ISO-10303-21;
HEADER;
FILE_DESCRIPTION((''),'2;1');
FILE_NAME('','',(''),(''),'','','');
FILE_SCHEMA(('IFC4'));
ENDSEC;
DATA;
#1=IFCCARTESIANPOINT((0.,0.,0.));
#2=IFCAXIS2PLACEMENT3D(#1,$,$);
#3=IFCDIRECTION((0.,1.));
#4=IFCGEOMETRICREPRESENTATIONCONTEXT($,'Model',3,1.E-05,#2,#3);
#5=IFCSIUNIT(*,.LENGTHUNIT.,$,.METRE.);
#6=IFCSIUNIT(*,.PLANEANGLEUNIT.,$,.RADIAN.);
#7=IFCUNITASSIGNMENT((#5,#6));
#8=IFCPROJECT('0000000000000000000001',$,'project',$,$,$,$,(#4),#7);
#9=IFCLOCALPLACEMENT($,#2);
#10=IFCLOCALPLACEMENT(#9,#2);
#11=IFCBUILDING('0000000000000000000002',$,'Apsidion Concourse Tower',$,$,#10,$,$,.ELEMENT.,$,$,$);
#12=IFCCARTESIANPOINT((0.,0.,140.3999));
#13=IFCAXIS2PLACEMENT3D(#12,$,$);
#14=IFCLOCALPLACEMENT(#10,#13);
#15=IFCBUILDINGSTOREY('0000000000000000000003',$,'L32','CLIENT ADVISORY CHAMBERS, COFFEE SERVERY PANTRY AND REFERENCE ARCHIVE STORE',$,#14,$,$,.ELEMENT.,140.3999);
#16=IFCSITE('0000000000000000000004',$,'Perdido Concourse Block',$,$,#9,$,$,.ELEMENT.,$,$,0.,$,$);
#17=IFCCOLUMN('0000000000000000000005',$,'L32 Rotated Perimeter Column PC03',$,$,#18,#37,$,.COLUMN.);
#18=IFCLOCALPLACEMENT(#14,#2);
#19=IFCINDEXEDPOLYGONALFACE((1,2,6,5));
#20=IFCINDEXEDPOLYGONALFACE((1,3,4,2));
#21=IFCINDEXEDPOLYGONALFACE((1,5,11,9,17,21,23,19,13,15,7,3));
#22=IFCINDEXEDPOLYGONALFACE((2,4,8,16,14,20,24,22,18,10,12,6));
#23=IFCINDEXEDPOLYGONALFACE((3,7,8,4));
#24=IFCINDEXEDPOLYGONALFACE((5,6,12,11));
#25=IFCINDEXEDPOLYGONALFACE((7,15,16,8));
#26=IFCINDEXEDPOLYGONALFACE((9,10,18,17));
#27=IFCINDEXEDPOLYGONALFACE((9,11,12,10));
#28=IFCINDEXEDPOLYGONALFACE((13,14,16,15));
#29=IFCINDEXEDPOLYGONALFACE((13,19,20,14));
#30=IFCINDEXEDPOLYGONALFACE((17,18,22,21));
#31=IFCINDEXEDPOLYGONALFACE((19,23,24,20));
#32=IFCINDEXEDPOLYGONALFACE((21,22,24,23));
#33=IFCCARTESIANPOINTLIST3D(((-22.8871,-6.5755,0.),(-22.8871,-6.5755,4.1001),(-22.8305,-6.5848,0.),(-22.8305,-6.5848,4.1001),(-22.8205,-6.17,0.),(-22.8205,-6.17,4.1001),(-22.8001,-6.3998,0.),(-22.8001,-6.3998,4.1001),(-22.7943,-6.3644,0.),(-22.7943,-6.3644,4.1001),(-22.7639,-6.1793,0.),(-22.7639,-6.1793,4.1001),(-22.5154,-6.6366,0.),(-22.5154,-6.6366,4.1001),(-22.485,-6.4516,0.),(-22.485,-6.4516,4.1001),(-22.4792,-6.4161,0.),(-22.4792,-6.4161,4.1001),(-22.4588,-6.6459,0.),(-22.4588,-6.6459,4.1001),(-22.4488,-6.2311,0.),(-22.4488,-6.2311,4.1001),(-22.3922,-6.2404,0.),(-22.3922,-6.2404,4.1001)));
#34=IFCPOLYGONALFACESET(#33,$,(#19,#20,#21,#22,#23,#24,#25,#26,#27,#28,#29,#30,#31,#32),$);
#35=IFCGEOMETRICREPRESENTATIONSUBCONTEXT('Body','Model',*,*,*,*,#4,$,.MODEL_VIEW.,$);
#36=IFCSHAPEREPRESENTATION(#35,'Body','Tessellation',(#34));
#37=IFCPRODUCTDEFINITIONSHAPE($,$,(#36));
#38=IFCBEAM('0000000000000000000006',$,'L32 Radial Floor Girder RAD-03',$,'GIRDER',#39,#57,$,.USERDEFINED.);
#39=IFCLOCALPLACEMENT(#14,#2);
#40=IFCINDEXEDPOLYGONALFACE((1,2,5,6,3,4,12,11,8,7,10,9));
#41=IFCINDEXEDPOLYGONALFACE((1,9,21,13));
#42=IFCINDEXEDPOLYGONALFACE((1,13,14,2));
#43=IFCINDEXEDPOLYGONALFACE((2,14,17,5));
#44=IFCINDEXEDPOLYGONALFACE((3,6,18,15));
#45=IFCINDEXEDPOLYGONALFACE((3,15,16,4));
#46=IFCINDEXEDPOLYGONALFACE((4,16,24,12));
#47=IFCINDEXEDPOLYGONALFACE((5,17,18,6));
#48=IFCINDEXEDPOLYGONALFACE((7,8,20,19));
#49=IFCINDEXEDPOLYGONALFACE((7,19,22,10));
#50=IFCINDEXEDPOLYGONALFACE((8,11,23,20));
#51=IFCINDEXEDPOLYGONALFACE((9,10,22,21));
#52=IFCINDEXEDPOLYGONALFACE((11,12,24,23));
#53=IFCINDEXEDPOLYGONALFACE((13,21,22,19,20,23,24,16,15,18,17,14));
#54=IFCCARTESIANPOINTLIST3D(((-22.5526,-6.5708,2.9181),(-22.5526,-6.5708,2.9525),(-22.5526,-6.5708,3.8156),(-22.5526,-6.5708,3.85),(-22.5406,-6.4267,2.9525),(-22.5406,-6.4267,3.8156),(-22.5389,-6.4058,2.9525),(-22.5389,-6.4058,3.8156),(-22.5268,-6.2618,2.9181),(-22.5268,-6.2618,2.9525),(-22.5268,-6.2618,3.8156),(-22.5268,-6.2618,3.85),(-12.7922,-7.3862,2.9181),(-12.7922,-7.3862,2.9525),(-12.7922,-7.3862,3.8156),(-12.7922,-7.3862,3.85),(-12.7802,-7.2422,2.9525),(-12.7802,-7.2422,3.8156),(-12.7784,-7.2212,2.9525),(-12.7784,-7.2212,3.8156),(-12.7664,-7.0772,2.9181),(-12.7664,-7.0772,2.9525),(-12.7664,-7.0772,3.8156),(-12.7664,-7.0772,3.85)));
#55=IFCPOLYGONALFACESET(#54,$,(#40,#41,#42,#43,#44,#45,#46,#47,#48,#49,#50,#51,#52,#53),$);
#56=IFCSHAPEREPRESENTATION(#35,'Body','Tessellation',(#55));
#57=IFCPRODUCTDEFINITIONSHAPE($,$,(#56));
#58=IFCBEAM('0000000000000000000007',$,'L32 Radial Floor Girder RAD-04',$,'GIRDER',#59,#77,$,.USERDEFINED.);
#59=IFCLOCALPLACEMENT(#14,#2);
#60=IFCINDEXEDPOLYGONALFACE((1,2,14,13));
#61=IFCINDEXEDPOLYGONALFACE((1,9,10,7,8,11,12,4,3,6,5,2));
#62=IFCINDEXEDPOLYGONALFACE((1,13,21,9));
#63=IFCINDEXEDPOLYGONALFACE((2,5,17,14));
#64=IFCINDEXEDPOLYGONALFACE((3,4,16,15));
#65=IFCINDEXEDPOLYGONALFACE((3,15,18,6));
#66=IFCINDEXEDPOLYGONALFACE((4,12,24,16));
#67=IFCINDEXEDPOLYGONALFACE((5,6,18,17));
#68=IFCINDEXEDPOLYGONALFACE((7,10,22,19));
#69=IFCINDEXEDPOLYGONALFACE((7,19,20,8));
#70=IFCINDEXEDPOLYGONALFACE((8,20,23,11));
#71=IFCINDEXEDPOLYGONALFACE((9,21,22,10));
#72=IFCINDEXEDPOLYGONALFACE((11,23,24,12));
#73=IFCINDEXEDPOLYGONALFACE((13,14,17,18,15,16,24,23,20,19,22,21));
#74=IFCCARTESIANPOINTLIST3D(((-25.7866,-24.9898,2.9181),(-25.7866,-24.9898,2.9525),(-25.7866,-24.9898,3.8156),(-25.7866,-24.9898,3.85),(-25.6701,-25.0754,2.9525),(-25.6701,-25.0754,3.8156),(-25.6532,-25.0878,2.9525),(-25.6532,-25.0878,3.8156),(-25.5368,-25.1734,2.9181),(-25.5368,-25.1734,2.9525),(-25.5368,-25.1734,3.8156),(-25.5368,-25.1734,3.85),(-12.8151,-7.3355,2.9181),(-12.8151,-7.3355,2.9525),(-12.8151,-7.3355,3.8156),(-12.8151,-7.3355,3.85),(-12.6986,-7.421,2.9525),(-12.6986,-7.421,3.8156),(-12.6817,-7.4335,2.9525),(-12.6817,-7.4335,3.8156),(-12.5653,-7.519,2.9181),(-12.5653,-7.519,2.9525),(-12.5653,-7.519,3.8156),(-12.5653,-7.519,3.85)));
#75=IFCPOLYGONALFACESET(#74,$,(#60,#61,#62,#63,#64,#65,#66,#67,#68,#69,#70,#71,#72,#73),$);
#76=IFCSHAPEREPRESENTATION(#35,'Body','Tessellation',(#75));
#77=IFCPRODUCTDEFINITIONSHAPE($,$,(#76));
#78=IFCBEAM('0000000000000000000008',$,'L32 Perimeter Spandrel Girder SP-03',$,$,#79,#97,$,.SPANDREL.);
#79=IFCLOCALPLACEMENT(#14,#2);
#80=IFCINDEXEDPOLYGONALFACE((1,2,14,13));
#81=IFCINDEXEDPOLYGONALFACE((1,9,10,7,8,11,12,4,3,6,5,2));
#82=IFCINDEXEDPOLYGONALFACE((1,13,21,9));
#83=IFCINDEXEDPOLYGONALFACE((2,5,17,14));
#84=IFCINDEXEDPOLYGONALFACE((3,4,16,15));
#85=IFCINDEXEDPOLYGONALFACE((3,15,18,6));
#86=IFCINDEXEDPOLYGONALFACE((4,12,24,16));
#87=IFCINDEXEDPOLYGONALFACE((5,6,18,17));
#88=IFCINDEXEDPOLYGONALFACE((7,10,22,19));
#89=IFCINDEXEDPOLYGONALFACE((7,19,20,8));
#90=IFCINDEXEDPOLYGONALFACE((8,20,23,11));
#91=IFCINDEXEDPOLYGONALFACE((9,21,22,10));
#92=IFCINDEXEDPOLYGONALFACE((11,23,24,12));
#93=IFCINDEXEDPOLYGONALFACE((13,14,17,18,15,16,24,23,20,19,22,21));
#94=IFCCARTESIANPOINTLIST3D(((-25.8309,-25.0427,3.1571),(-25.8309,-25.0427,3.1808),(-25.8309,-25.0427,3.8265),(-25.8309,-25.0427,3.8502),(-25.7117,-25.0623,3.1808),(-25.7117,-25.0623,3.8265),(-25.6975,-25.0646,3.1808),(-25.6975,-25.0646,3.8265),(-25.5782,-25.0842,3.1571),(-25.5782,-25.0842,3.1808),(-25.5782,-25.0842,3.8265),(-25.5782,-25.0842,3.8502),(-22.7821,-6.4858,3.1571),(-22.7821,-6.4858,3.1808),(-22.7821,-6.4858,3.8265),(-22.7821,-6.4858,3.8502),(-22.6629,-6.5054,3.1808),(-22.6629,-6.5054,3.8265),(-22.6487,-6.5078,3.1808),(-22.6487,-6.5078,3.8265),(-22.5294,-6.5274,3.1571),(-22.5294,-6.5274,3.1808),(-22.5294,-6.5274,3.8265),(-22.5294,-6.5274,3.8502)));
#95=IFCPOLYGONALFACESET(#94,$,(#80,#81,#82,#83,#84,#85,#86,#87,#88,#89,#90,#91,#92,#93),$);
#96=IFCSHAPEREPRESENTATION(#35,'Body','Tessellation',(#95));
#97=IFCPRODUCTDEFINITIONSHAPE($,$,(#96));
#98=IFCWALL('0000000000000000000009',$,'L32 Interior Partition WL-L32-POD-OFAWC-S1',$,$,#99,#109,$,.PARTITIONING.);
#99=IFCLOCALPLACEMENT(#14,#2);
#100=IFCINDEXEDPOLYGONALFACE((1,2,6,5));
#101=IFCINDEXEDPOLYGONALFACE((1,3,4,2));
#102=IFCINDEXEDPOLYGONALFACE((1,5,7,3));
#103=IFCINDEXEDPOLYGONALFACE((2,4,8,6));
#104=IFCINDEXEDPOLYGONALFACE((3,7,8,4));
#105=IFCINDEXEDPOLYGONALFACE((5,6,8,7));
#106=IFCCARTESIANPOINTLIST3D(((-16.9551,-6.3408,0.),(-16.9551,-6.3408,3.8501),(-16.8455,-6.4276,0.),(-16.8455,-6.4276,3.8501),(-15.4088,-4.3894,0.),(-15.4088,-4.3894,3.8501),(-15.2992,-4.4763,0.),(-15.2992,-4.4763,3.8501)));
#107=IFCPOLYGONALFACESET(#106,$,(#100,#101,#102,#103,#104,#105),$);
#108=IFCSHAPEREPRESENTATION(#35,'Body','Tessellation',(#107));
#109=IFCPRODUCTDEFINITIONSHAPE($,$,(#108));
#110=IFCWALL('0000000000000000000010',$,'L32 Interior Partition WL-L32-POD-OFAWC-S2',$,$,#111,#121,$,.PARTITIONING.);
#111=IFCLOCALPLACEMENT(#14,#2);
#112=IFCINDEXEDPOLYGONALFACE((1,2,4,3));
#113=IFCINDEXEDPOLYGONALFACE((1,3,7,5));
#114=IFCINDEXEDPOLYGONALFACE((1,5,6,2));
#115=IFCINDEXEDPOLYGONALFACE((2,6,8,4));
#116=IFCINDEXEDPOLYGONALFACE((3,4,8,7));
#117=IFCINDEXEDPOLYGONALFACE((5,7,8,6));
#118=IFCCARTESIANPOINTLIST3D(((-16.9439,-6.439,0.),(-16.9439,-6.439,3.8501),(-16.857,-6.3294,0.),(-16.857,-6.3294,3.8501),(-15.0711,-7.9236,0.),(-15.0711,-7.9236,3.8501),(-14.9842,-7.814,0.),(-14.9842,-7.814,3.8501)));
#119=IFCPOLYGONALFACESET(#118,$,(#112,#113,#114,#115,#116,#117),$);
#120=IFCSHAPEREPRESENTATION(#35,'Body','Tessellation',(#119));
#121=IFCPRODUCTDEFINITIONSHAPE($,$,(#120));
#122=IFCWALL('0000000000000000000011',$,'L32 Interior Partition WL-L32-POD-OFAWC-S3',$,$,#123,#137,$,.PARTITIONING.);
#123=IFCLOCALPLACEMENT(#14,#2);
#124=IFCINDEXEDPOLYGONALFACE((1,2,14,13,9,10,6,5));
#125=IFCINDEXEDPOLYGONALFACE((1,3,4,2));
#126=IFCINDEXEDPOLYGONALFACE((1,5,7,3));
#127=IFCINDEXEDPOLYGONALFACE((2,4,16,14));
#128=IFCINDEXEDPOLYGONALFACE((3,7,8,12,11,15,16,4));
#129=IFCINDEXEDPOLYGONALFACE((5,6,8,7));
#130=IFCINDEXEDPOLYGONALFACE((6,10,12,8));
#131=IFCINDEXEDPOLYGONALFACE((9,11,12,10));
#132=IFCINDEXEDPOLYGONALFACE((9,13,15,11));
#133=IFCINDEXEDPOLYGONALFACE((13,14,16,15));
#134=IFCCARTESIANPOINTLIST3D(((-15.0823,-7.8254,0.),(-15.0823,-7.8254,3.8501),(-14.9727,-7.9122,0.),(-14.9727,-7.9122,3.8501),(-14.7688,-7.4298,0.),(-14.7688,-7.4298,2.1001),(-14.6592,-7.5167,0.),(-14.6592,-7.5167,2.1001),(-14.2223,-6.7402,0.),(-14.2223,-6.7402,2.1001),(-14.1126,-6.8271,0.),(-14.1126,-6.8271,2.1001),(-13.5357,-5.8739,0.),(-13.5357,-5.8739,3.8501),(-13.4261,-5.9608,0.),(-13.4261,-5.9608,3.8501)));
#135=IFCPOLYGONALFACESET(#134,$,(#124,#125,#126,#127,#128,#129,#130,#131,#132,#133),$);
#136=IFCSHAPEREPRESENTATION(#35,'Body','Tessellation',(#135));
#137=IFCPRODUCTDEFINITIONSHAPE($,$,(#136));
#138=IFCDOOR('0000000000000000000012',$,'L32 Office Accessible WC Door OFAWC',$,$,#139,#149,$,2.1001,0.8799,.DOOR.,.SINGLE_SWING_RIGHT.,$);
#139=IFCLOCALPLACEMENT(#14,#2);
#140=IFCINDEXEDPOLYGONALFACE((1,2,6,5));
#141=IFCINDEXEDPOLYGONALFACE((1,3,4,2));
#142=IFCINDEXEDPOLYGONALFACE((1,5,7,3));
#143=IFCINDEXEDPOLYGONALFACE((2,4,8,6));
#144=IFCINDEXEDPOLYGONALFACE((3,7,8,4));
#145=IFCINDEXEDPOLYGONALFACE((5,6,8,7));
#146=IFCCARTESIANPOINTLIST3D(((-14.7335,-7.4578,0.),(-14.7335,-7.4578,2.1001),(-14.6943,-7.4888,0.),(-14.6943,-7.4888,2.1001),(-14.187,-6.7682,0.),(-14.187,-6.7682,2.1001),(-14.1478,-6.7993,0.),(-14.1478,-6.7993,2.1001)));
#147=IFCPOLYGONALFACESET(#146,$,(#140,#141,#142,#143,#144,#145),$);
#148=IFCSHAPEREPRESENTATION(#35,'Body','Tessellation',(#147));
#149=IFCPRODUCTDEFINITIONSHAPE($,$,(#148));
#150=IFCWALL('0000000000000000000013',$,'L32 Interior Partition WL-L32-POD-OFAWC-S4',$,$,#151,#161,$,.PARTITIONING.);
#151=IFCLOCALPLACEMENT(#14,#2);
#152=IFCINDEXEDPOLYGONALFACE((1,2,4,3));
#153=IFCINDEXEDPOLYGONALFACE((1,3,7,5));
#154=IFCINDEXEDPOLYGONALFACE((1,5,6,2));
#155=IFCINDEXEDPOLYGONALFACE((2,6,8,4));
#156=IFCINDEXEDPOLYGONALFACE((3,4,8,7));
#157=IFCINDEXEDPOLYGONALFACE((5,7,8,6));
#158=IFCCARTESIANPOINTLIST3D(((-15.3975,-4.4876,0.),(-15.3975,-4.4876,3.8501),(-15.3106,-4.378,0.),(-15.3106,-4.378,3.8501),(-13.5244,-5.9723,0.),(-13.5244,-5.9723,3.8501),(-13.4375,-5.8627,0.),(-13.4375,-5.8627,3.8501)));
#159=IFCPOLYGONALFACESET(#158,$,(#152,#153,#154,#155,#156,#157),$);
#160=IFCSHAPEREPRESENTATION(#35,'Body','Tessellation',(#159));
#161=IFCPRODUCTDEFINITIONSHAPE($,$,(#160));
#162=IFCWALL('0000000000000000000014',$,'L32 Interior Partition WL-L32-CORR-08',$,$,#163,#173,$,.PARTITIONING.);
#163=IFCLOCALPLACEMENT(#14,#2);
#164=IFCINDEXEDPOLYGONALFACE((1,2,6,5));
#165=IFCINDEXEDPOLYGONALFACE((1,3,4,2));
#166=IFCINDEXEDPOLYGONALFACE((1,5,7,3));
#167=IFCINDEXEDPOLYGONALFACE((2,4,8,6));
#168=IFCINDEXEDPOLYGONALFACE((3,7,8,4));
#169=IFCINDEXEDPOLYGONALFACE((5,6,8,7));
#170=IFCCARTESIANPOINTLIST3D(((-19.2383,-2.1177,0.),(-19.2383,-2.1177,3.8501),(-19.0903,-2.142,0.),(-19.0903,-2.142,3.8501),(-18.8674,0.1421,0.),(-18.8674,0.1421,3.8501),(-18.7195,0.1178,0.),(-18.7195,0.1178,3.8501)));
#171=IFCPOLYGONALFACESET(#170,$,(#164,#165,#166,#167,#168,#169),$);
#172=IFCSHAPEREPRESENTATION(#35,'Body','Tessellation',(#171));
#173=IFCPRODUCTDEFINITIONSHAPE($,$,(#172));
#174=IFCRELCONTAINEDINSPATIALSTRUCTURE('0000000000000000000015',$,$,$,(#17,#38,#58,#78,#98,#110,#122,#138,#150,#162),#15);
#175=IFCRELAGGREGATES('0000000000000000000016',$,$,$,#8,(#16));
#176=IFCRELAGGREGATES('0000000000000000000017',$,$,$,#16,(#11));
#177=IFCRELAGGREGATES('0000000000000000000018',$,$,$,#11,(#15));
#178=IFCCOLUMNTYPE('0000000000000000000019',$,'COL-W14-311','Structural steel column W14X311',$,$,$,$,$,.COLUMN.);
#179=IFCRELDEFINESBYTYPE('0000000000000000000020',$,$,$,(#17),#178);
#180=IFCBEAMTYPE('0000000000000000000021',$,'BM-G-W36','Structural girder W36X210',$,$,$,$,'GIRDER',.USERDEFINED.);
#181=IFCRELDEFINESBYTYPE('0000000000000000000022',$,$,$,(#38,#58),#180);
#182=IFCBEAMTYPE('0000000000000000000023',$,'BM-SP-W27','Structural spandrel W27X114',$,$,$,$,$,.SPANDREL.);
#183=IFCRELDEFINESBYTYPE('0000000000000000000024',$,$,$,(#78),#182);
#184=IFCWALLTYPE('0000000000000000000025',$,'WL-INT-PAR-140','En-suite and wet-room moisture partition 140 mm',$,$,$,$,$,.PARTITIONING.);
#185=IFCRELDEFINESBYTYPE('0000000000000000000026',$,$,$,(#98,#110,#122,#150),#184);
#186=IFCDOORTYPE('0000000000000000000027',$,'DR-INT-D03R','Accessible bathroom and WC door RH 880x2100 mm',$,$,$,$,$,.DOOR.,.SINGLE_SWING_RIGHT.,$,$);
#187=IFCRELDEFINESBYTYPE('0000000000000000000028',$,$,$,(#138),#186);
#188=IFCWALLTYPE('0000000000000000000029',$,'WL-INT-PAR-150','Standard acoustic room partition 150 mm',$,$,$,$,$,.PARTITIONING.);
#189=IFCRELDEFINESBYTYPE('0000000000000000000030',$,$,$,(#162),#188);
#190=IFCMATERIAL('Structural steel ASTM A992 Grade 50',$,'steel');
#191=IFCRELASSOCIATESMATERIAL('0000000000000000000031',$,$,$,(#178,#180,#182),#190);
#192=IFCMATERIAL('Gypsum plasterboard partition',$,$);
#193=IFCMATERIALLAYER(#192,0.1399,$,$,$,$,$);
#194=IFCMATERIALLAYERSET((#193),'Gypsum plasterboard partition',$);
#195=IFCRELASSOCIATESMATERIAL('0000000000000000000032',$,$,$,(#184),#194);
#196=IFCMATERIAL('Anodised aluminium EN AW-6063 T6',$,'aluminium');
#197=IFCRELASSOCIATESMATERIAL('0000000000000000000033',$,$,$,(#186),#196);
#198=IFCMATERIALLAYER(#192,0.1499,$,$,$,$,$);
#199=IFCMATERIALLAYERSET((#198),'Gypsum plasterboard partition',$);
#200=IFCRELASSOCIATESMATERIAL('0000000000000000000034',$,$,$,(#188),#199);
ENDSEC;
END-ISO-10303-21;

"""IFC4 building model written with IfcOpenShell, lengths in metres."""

from ifc_helpers import new_model, si_unit, direction, frame, frame_2d, origin, origin_2d, place, context, subcontext, project, spatial, rectangle, i_section, extrude, material, layer, layer_set, material_profile, profile_set, type_object, element, fill, save


model = new_model("IFC4")

# Units and contexts
model_context = context("Model", 3, precision=1e-05, world=origin(), true_north=direction((0.0, 1.0)))
body_context = subcontext(model_context, "Body", "Model", "MODEL_VIEW")
ifc_project = project(units=[si_unit("LENGTHUNIT", "METRE"), si_unit("PLANEANGLEUNIT", "RADIAN")], contexts=[model_context])

# Site, building, storey
site_placement = place(None, origin())
site = spatial("IfcSite", under=ifc_project, at=site_placement, Name="Perdido Concourse Block", CompositionType="ELEMENT", RefElevation=0.0)
building_placement = place(site_placement, origin())
building = spatial("IfcBuilding", under=site, at=building_placement, Name="Apsidion Concourse Tower", CompositionType="ELEMENT")
storey_placement = place(building_placement, frame((0.0, 0.0, 140.3999)))
storey = spatial("IfcBuildingStorey", under=building, at=storey_placement, Name="L32", Description="CLIENT ADVISORY CHAMBERS, COFFEE SERVERY PANTRY AND REFERENCE ARCHIVE STORE", CompositionType="ELEMENT", Elevation=140.3999)

# Column
ifc_material_1 = material(Name="Structural steel ASTM A992 Grade 50", Category="steel")
ifc_material_profile_1 = material_profile(ifc_material_1, i_section(OverallWidth=0.4109, OverallDepth=0.4341, WebThickness=0.0359, FlangeThickness=0.0574, at=origin_2d()), Name="W14X311")
ifc_profile_set_1 = profile_set([ifc_material_profile_1], Name="Structural steel ASTM A992 Grade 50")
column_type = type_object("IfcColumnType", Name="COL-W14-311", Description="Structural steel column W14X311", PredefinedType="COLUMN", material=ifc_profile_set_1)
column_placement = place(storey_placement, frame((-22.6396, -6.408, 0.0), z_axis=(0.0, 0.0, 1.0), x_axis=(0.162121, 0.986771, 0.0)))
element("IfcColumn", 1, at=column_placement, inside=storey, type_object=column_type, Name="L32 Rotated Perimeter Column PC03", PredefinedType="COLUMN", context=body_context, shape_type="SweptSolid", body=[
    extrude(i_section(OverallWidth=0.4109, OverallDepth=0.4341, WebThickness=0.0359, FlangeThickness=0.0574, at=origin_2d()), origin(), (0.0, 0.0, 1.0), 4.1001),
])

# Beams
ifc_material_profile_2 = material_profile(ifc_material_1, i_section(OverallWidth=0.3101, OverallDepth=0.9319, WebThickness=0.021, FlangeThickness=0.0344, at=origin_2d()), Name="W36X210")
ifc_profile_set_2 = profile_set([ifc_material_profile_2], Name="Structural steel ASTM A992 Grade 50")
beam_type_1 = type_object("IfcBeamType", Name="BM-G-W36", Description="Structural girder W36X210", ElementType="GIRDER", PredefinedType="USERDEFINED", material=ifc_profile_set_2)
beam_1_placement = place(storey_placement, frame((-12.7793, -7.2317, 3.384), z_axis=(-0.996528, 0.083254, 0.0), x_axis=(-0.083254, -0.996528, 0.0)))
element("IfcBeam", 2, at=beam_1_placement, inside=storey, type_object=beam_type_1, Name="L32 Radial Floor Girder RAD-03", ObjectType="GIRDER", PredefinedType="USERDEFINED", context=body_context, shape_type="SweptSolid", body=[
    extrude(i_section(OverallWidth=0.3101, OverallDepth=0.9319, WebThickness=0.021, FlangeThickness=0.0344, at=origin_2d()), origin(), (0.0, 0.0, 1.0), 9.7944),
])
beam_2_placement = place(storey_placement, frame((-12.6902, -7.4272, 3.384), z_axis=(-0.592104, -0.805862, 0.0), x_axis=(0.805862, -0.592104, 0.0)))
element("IfcBeam", 3, at=beam_2_placement, inside=storey, type_object=beam_type_1, Name="L32 Radial Floor Girder RAD-04", ObjectType="GIRDER", PredefinedType="USERDEFINED", context=body_context, shape_type="SweptSolid", body=[
    extrude(i_section(OverallWidth=0.3101, OverallDepth=0.9319, WebThickness=0.021, FlangeThickness=0.0344, at=origin_2d()), origin(), (0.0, 0.0, 1.0), 21.9075),
])
ifc_material_profile_3 = material_profile(ifc_material_1, i_section(OverallWidth=0.2561, OverallDepth=0.6931, WebThickness=0.0144, FlangeThickness=0.0237, at=origin_2d()), Name="W27X114")
ifc_profile_set_3 = profile_set([ifc_material_profile_3], Name="Structural steel ASTM A992 Grade 50")
beam_type_2 = type_object("IfcBeamType", Name="BM-SP-W27", Description="Structural spandrel W27X114", PredefinedType="SPANDREL", material=ifc_profile_set_3)
beam_3_placement = place(storey_placement, frame((-22.6558, -6.5066, 3.5037), z_axis=(-0.162123, -0.986771, 0.0), x_axis=(0.986771, -0.162123, 0.0)))
element("IfcBeam", 4, at=beam_3_placement, inside=storey, type_object=beam_type_2, Name="L32 Perimeter Spandrel Girder SP-03", PredefinedType="SPANDREL", context=body_context, shape_type="SweptSolid", body=[
    extrude(i_section(OverallWidth=0.2561, OverallDepth=0.6931, WebThickness=0.0144, FlangeThickness=0.0237, at=origin_2d()), origin(), (0.0, 0.0, 1.0), 18.8057),
])

# Walls
ifc_material_2 = material(Name="Gypsum plasterboard partition")
ifc_layer_1 = layer(ifc_material_2, 0.1399)
ifc_layer_set_1 = layer_set([ifc_layer_1], Name="Gypsum plasterboard partition")
wall_type_1 = type_object("IfcWallType", Name="WL-INT-PAR-140", Description="En-suite and wet-room moisture partition 140 mm", PredefinedType="PARTITIONING", material=ifc_layer_set_1)
wall_1_placement = place(storey_placement, frame((-15.354, -4.4329, 0.0), z_axis=(0.0, 0.0, 1.0), x_axis=(-0.621077, -0.783749, 0.0)))
element("IfcWall", 5, at=wall_1_placement, inside=storey, type_object=wall_type_1, Name="L32 Interior Partition WL-L32-POD-OFAWC-S1", PredefinedType="PARTITIONING", context=body_context, shape_type="SweptSolid", body=[
    extrude(rectangle(XDim=2.4897, YDim=0.1399, at=frame_2d((1.2449, 0.0))), origin(), (0.0, 0.0, 1.0), 3.8501),
])
wall_2_placement = place(storey_placement, frame((-16.9004, -6.3843, 0.0), z_axis=(0.0, 0.0, 1.0), x_axis=(0.783642, -0.621213, 0.0)))
element("IfcWall", 6, at=wall_2_placement, inside=storey, type_object=wall_type_1, Name="L32 Interior Partition WL-L32-POD-OFAWC-S2", PredefinedType="PARTITIONING", context=body_context, shape_type="SweptSolid", body=[
    extrude(rectangle(XDim=2.3899, YDim=0.1399, at=frame_2d((1.1948, 0.0))), origin(), (0.0, 0.0, 1.0), 3.8501),
])

# Wall, opening, door
wall_3_placement = place(storey_placement, frame((-15.0276, -7.8689, 0.0), z_axis=(0.0, 0.0, 1.0), x_axis=(0.621137, 0.783702, 0.0)))
wall_3 = element("IfcWall", 7, at=wall_3_placement, inside=storey, type_object=wall_type_1, Name="L32 Interior Partition WL-L32-POD-OFAWC-S3", PredefinedType="PARTITIONING", context=body_context, shape_type="SweptSolid", body=[
    extrude(rectangle(XDim=2.49, YDim=0.1399, at=frame_2d((1.2451, 0.0))), origin(), (0.0, 0.0, 1.0), 3.8501),
])
opening_1_placement = place(wall_3_placement, frame((0.5049, 0.0, 0.0)))
opening_1 = element("IfcOpeningElement", 8, at=opening_1_placement, cuts=wall_3, PredefinedType="OPENING", context=body_context, shape_type="SweptSolid", body=[
    extrude(rectangle(XDim=0.8799, YDim=2.1001, at=frame_2d((0.4399, 1.05))), frame((0.0, 0.0801, 0.0), z_axis=(0.0, -1.0, 0.0), x_axis=(1.0, 0.0, 0.0)), (0.0, 0.0, 1.0), 0.1599),
])
ifc_material_3 = material(Name="Anodised aluminium EN AW-6063 T6", Category="aluminium")
door_type_1 = type_object("IfcDoorType", Name="DR-INT-D03R", Description="Accessible bathroom and WC door RH 880x2100 mm", OperationType="SINGLE_SWING_RIGHT", PredefinedType="DOOR", material=ifc_material_3)
door_1_placement = place(opening_1_placement, origin())
door_1 = element("IfcDoor", 9, at=door_1_placement, inside=storey, type_object=door_type_1, Name="L32 Office Accessible WC Door OFAWC", OperationType="SINGLE_SWING_RIGHT", OverallHeight=2.1001, OverallWidth=0.8799, PredefinedType="DOOR", context=body_context, shape_type="SweptSolid", body=[
    extrude(rectangle(XDim=0.8799, YDim=2.1001, at=frame_2d((0.4399, 1.05))), frame((0.0, 0.0249, 0.0), z_axis=(0.0, -1.0, 0.0), x_axis=(1.0, 0.0, 0.0)), (0.0, 0.0, 1.0), 0.05),
])
fill(opening_1, door_1)

# Walls
wall_4_placement = place(storey_placement, frame((-13.481, -5.9175, 0.0), z_axis=(0.0, 0.0, 1.0), x_axis=(-0.783681, 0.621163, 0.0)))
element("IfcWall", 10, at=wall_4_placement, inside=storey, type_object=wall_type_1, Name="L32 Interior Partition WL-L32-POD-OFAWC-S4", PredefinedType="PARTITIONING", context=body_context, shape_type="SweptSolid", body=[
    extrude(rectangle(XDim=2.3901, YDim=0.1399, at=frame_2d((1.1951, 0.0))), origin(), (0.0, 0.0, 1.0), 3.8501),
])
ifc_layer_2 = layer(ifc_material_2, 0.1499)
ifc_layer_set_2 = layer_set([ifc_layer_2], Name="Gypsum plasterboard partition")
wall_type_2 = type_object("IfcWallType", Name="WL-INT-PAR-150", Description="Standard acoustic room partition 150 mm", PredefinedType="PARTITIONING", material=ifc_layer_set_2)
wall_5_placement = place(storey_placement, frame((-19.1643, -2.1299, 0.0), z_axis=(0.0, 0.0, 1.0), x_axis=(0.161944, 0.9868, 0.0)))
element("IfcWall", 11, at=wall_5_placement, inside=storey, type_object=wall_type_2, Name="L32 Interior Partition WL-L32-CORR-08", PredefinedType="PARTITIONING", context=body_context, shape_type="SweptSolid", body=[
    extrude(rectangle(XDim=2.29, YDim=0.1499, at=frame_2d((1.145, 0.0))), origin(), (0.0, 0.0, 1.0), 3.8501),
])

save(model, "model.ifc")
